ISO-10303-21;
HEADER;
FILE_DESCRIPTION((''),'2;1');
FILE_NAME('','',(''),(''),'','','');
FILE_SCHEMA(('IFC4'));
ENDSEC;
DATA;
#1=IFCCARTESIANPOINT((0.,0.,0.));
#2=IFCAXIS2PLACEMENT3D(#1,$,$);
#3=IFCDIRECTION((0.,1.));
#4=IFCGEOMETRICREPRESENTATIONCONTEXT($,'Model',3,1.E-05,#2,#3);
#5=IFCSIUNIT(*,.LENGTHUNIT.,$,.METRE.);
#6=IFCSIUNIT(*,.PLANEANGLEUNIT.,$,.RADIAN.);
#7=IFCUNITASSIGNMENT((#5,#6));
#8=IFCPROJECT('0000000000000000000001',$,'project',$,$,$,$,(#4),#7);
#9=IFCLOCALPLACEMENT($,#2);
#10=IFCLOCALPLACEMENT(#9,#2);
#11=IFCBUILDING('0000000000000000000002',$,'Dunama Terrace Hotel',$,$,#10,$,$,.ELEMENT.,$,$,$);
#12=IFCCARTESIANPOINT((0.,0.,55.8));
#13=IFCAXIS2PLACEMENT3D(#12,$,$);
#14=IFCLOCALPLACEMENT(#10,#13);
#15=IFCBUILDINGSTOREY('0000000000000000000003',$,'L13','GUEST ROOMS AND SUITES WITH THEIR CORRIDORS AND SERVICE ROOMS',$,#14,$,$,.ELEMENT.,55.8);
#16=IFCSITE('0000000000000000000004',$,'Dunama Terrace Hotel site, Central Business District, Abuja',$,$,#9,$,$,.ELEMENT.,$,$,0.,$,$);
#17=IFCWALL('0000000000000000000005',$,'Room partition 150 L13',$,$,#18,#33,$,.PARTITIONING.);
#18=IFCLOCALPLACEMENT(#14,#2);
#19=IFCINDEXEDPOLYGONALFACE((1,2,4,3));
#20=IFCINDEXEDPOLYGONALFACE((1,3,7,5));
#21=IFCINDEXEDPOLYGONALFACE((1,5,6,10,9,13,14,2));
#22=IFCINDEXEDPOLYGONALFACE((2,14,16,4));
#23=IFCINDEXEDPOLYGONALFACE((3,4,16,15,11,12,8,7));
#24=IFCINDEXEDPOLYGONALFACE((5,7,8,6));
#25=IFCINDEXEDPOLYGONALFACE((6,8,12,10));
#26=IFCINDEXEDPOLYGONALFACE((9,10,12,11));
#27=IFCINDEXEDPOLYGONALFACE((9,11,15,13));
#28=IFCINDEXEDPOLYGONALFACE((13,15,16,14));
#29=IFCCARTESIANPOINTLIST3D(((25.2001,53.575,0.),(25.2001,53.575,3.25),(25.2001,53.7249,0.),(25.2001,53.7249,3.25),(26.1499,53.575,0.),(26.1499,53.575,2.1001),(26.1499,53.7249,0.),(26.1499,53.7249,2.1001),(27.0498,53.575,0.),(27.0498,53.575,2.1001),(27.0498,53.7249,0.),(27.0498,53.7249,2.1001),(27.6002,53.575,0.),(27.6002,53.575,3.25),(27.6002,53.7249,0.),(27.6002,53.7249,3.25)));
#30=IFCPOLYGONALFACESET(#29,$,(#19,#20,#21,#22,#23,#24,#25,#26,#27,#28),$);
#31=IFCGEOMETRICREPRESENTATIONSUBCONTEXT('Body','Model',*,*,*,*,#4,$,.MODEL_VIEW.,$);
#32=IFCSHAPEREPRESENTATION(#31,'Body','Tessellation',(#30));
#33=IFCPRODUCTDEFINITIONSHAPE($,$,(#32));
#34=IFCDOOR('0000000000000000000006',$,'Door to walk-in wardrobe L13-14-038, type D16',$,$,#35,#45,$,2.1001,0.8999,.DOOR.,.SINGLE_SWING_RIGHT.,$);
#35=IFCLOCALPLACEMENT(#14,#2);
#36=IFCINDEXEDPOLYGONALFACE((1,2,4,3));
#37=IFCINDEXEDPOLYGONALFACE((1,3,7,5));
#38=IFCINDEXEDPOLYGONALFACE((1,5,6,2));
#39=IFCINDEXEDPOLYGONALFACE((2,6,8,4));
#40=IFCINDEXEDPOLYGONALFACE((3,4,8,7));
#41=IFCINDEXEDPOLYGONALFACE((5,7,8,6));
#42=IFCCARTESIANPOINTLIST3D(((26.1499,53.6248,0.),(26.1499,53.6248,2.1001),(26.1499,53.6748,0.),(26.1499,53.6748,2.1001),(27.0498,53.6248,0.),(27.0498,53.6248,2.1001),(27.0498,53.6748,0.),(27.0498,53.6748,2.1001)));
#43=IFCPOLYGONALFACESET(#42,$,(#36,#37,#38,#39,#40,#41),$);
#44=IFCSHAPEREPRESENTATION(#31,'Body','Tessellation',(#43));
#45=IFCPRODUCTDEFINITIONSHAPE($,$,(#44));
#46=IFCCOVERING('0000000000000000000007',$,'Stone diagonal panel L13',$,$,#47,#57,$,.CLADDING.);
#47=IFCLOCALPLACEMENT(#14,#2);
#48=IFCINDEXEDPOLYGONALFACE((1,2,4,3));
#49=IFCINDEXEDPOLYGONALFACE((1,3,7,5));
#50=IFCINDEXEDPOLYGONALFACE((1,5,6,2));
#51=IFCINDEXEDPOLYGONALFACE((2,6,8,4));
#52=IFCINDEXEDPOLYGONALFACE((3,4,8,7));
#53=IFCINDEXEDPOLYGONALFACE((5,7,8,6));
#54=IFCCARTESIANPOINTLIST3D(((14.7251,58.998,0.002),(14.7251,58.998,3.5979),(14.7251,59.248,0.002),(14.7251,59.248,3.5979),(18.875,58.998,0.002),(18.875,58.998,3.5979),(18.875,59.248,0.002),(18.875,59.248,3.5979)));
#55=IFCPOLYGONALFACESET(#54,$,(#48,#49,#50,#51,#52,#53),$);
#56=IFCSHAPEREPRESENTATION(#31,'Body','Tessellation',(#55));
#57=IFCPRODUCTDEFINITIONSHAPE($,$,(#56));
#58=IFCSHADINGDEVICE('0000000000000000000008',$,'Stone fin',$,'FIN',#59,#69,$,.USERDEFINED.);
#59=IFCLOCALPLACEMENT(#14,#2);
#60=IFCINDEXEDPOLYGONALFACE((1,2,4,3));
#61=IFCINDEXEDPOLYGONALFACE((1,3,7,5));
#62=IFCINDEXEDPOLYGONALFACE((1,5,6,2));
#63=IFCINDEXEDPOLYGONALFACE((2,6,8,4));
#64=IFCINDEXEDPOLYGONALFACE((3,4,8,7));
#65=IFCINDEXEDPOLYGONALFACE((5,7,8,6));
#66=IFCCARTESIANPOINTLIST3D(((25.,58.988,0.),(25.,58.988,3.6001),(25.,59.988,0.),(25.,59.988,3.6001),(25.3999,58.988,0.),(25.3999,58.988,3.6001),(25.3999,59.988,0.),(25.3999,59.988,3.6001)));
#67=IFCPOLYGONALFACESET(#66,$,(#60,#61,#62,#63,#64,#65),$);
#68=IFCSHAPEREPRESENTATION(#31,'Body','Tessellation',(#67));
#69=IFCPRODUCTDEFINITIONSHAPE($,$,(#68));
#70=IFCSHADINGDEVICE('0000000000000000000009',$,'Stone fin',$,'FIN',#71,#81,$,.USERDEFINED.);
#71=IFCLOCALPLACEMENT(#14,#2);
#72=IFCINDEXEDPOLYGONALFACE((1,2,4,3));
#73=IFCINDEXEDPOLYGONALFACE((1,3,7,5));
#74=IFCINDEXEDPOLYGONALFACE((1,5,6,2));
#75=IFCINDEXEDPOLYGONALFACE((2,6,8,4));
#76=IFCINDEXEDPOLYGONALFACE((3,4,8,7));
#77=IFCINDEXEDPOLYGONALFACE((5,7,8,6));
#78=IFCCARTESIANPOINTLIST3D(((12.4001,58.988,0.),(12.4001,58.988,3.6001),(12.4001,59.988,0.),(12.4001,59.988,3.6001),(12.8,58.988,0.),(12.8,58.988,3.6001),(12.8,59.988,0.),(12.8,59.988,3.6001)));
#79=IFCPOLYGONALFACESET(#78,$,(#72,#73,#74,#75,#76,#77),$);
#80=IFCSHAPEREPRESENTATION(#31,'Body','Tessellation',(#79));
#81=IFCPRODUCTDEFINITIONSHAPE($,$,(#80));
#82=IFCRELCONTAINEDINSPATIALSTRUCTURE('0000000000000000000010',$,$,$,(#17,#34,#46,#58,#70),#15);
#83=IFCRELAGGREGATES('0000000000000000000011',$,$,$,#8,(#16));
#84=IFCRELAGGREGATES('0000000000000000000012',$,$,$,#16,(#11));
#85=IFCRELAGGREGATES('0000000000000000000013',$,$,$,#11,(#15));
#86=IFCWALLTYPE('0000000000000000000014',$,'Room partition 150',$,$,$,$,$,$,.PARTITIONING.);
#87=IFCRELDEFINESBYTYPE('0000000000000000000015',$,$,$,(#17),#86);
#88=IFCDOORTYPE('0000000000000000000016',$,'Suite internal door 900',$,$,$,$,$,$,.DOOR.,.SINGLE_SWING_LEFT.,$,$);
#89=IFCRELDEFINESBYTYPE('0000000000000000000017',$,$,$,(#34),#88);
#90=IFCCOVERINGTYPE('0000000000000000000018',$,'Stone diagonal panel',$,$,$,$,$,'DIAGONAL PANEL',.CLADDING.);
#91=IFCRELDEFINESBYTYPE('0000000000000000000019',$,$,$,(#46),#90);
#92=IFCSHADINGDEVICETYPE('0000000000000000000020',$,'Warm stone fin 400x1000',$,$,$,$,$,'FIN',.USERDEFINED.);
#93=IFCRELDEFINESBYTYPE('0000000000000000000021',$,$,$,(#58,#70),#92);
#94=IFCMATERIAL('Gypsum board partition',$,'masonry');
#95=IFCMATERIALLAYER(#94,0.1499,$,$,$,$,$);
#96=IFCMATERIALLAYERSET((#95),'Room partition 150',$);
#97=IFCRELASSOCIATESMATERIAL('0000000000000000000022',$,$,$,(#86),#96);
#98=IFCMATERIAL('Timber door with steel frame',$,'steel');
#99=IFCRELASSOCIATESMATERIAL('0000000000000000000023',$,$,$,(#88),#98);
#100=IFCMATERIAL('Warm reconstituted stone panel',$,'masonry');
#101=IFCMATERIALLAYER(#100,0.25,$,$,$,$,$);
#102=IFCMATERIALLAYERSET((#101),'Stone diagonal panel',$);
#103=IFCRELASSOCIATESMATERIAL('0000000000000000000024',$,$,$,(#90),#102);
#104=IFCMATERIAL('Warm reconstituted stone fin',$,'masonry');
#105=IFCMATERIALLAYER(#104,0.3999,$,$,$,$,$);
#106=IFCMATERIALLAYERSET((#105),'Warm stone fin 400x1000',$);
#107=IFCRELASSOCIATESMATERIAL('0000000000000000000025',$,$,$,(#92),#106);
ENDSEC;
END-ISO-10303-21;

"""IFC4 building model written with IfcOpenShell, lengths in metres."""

from ifc_helpers import new_model, si_unit, direction, frame, frame_2d, origin, origin_2d, place, context, subcontext, project, spatial, rectangle, extrude, material, layer, layer_set, type_object, element, fill, save


model = new_model("IFC4")

# Units and contexts
model_context = context("Model", 3, precision=1e-05, world=origin(), true_north=direction((0.0, 1.0)))
body_context = subcontext(model_context, "Body", "Model", "MODEL_VIEW")
ifc_project = project(units=[si_unit("LENGTHUNIT", "METRE"), si_unit("PLANEANGLEUNIT", "RADIAN")], contexts=[model_context])

# Site, building, storey
site_placement = place(None, origin())
site = spatial("IfcSite", under=ifc_project, at=site_placement, Name="Dunama Terrace Hotel site, Central Business District, Abuja", CompositionType="ELEMENT", RefElevation=0.0)
building_placement = place(site_placement, origin())
building = spatial("IfcBuilding", under=site, at=building_placement, Name="Dunama Terrace Hotel", CompositionType="ELEMENT")
storey_placement = place(building_placement, frame((0.0, 0.0, 55.8)))
storey = spatial("IfcBuildingStorey", under=building, at=storey_placement, Name="L13", Description="GUEST ROOMS AND SUITES WITH THEIR CORRIDORS AND SERVICE ROOMS", CompositionType="ELEMENT", Elevation=55.8)

# Shared definitions
ifc_material_1 = material(Name="Gypsum board partition", Category="masonry")
ifc_layer_1 = layer(ifc_material_1, 0.1499)
ifc_layer_set_1 = layer_set([ifc_layer_1], Name="Room partition 150")
wall_type_1 = type_object("IfcWallType", Name="Room partition 150", PredefinedType="PARTITIONING", material=ifc_layer_set_1)

# Wall, opening, door
ifc_material_2 = material(Name="Timber door with steel frame", Category="steel")
door_type_1 = type_object("IfcDoorType", Name="Suite internal door 900", OperationType="SINGLE_SWING_LEFT", PredefinedType="DOOR", material=ifc_material_2)
wall_1_placement = place(storey_placement, frame((25.2, 53.6499, 0.0), z_axis=(0.0, 0.0, 1.0), x_axis=(1.0, 0.0, 0.0)))
wall_1 = element("IfcWall", 1, at=wall_1_placement, inside=storey, type_object=wall_type_1, Name="Room partition 150 L13", PredefinedType="PARTITIONING", context=body_context, shape_type="SweptSolid", body=[
    extrude(rectangle(XDim=2.4001, YDim=0.1499, at=frame_2d((1.2002, 0.0))), origin(), (0.0, 0.0, 1.0), 3.25),
])
opening_1_placement = place(wall_1_placement, frame((0.95, 0.0, 0.0)))
opening_1 = element("IfcOpeningElement", 2, at=opening_1_placement, cuts=wall_1, PredefinedType="OPENING", context=body_context, shape_type="SweptSolid", body=[
    extrude(rectangle(XDim=0.8999, YDim=2.1001, at=frame_2d((0.45, 1.05))), frame((0.0, 0.085, 0.0), z_axis=(0.0, -1.0, 0.0), x_axis=(1.0, 0.0, 0.0)), (0.0, 0.0, 1.0), 0.1699),
])
door_1_placement = place(opening_1_placement, frame((0.8999, 0.0, 0.0), z_axis=(0.0, 0.0, 1.0), x_axis=(-1.0, 0.0, 0.0)))
door_1 = element("IfcDoor", 3, at=door_1_placement, inside=storey, type_object=door_type_1, Name="Door to walk-in wardrobe L13-14-038, type D16", OperationType="SINGLE_SWING_RIGHT", OverallHeight=2.1001, OverallWidth=0.8999, PredefinedType="DOOR", context=body_context, shape_type="SweptSolid", body=[
    extrude(rectangle(XDim=0.8999, YDim=2.1001, at=frame_2d((0.45, 1.05))), frame((0.0, 0.0251, 0.0), z_axis=(0.0, -1.0, 0.0), x_axis=(1.0, 0.0, 0.0)), (0.0, 0.0, 1.0), 0.05),
])
fill(opening_1, door_1)

# Covering
ifc_material_3 = material(Name="Warm reconstituted stone panel", Category="masonry")
ifc_layer_2 = layer(ifc_material_3, 0.25)
ifc_layer_set_2 = layer_set([ifc_layer_2], Name="Stone diagonal panel")
covering_type = type_object("IfcCoveringType", Name="Stone diagonal panel", ElementType="DIAGONAL PANEL", PredefinedType="CLADDING", material=ifc_layer_set_2)
covering_placement = place(storey_placement, frame((16.8, 59.123, 0.002), z_axis=(0.0, 0.0, 1.0), x_axis=(-1.0, 0.0, 0.0)))
element("IfcCovering", 4, at=covering_placement, inside=storey, type_object=covering_type, Name="Stone diagonal panel L13", PredefinedType="CLADDING", context=body_context, shape_type="SweptSolid", body=[
    extrude(rectangle(XDim=4.1499, YDim=0.25, at=origin_2d()), origin(), (0.0, 0.0, 1.0), 3.5959),
])

# Shading devices
ifc_material_4 = material(Name="Warm reconstituted stone fin", Category="masonry")
ifc_layer_3 = layer(ifc_material_4, 0.3999)
ifc_layer_set_3 = layer_set([ifc_layer_3], Name="Warm stone fin 400x1000")
shading_device_type = type_object("IfcShadingDeviceType", Name="Warm stone fin 400x1000", ElementType="FIN", PredefinedType="USERDEFINED", material=ifc_layer_set_3)
for number, where, z_axis, x_axis, name in (
    (5, (25.2, 59.488, 0.0), (0.0, 0.0, 1.0), (-1.0, 0.0, 0.0), "Stone fin"),
    (6, (12.6001, 59.488, 0.0), (0.0, 0.0, 1.0), (-1.0, 0.0, 0.0), "Stone fin"),
):
    element("IfcShadingDevice", number, at=place(storey_placement, frame(where, z_axis=z_axis, x_axis=x_axis)), inside=storey, type_object=shading_device_type, Name=name, ObjectType="FIN", PredefinedType="USERDEFINED", context=body_context, shape_type="SweptSolid", body=[
        extrude(rectangle(XDim=0.3999, YDim=1.0, at=origin_2d()), origin(), (0.0, 0.0, 1.0), 3.6001),
    ])

save(model, "model.ifc")
